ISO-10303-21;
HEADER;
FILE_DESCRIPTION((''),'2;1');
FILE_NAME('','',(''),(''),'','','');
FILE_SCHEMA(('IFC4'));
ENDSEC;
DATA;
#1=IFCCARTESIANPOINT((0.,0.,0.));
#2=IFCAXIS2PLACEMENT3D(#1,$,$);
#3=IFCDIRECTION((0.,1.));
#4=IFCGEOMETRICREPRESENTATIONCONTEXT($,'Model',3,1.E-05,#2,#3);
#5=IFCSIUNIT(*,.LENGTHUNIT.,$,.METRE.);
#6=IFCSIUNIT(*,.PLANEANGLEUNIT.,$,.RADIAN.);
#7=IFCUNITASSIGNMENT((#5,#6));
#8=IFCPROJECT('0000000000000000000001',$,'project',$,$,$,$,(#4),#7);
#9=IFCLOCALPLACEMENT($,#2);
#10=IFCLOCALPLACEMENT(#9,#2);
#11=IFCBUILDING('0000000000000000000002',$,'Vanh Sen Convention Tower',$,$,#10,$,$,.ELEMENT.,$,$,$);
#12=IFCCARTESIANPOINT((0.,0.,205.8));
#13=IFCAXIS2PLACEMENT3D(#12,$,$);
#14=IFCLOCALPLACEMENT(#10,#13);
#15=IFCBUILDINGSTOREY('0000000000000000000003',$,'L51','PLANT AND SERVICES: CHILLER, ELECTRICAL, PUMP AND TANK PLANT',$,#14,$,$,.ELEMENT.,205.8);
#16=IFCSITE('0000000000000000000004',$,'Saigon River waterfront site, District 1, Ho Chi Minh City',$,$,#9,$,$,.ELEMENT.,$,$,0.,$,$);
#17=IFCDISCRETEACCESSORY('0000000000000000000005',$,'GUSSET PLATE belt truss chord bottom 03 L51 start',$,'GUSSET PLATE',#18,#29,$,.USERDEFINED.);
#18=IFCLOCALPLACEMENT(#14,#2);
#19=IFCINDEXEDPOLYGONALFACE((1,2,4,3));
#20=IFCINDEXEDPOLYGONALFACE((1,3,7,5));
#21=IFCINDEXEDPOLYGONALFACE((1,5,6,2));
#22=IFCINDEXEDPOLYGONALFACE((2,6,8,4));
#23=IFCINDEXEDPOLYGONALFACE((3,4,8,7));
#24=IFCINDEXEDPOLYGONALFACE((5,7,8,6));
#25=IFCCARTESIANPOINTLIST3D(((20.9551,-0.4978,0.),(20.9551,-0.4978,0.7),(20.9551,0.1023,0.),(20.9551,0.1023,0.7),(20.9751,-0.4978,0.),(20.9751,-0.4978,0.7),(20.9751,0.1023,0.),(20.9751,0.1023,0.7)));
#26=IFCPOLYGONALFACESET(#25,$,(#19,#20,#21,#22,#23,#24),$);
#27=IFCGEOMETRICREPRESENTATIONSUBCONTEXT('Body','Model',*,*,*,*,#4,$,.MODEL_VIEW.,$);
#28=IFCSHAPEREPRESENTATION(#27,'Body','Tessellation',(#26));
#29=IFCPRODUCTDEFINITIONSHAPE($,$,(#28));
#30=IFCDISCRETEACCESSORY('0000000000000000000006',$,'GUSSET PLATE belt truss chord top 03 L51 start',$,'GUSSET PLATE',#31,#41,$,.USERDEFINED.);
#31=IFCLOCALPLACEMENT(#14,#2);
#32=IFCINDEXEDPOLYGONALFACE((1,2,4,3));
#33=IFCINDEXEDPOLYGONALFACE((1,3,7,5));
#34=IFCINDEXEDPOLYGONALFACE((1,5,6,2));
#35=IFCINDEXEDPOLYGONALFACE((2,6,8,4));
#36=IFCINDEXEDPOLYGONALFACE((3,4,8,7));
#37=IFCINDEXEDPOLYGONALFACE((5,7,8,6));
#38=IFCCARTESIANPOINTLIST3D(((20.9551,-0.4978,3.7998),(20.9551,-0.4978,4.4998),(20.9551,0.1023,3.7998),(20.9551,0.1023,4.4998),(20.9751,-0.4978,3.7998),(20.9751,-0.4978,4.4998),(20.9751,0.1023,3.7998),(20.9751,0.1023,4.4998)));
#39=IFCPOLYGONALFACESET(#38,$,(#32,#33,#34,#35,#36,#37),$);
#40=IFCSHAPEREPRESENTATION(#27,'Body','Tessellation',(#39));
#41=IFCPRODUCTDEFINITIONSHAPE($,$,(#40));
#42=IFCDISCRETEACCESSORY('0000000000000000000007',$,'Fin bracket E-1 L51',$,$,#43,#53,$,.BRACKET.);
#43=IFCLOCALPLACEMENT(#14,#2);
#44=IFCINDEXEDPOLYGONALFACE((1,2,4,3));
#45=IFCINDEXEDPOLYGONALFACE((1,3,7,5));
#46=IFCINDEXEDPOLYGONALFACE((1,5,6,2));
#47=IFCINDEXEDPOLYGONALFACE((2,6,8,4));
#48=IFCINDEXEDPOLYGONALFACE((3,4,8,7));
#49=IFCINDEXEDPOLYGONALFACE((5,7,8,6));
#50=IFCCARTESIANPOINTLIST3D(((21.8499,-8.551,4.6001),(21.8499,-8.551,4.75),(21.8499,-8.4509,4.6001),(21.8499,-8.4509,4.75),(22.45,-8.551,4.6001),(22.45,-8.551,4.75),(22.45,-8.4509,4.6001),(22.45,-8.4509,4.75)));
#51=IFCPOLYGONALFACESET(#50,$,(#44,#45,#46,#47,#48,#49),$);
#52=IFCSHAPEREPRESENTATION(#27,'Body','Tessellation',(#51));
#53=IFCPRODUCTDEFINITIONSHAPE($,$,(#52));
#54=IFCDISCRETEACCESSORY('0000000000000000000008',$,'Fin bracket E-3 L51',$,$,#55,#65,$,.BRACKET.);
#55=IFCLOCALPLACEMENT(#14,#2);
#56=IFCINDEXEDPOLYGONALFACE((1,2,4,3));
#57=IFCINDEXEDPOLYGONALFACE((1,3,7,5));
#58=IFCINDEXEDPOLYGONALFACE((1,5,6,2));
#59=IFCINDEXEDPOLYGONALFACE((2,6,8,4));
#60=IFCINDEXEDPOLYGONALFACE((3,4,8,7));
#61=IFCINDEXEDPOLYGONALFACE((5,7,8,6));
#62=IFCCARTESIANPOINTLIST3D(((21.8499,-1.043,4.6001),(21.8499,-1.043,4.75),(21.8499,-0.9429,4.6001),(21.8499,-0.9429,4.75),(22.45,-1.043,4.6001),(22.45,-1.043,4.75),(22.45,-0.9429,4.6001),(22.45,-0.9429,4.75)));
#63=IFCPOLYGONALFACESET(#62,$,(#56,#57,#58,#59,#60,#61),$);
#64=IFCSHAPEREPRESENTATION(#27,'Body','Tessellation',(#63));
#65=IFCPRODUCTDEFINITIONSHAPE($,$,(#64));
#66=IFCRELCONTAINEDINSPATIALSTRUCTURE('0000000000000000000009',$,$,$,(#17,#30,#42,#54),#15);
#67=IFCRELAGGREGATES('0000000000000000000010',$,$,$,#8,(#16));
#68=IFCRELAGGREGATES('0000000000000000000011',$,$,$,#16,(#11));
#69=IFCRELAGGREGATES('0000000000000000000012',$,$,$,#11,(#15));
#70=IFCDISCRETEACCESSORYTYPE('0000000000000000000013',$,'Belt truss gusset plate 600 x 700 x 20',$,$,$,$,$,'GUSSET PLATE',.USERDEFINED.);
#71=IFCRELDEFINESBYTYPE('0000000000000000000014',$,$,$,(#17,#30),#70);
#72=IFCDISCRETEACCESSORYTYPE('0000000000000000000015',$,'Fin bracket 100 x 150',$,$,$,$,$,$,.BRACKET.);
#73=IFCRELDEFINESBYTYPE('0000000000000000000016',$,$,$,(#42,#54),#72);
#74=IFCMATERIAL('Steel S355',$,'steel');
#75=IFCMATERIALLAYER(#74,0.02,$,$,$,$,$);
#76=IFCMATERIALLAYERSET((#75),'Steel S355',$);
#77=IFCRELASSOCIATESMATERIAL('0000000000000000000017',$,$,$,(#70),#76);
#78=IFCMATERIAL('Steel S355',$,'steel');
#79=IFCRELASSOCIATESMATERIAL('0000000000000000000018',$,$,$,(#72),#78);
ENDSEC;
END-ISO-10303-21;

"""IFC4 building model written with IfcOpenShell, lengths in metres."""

from ifc_helpers import new_model, si_unit, direction, frame, origin, origin_2d, place, context, subcontext, project, spatial, rectangle, extrude, material, layer, layer_set, type_object, element, save


model = new_model("IFC4")

# Units and contexts
model_context = context("Model", 3, precision=1e-05, world=origin(), true_north=direction((0.0, 1.0)))
body_context = subcontext(model_context, "Body", "Model", "MODEL_VIEW")
ifc_project = project(units=[si_unit("LENGTHUNIT", "METRE"), si_unit("PLANEANGLEUNIT", "RADIAN")], contexts=[model_context])

# Site, building, storey
site_placement = place(None, origin())
site = spatial("IfcSite", under=ifc_project, at=site_placement, Name="Saigon River waterfront site, District 1, Ho Chi Minh City", CompositionType="ELEMENT", RefElevation=0.0)
building_placement = place(site_placement, origin())
building = spatial("IfcBuilding", under=site, at=building_placement, Name="Vanh Sen Convention Tower", CompositionType="ELEMENT")
storey_placement = place(building_placement, frame((0.0, 0.0, 205.8)))
storey = spatial("IfcBuildingStorey", under=building, at=storey_placement, Name="L51", Description="PLANT AND SERVICES: CHILLER, ELECTRICAL, PUMP AND TANK PLANT", CompositionType="ELEMENT", Elevation=205.8)

# Shared definitions
ifc_material_1 = material(Name="Steel S355", Category="steel")

# Discrete accessories
ifc_layer_1 = layer(ifc_material_1, 0.02)
ifc_layer_set_1 = layer_set([ifc_layer_1], Name="Steel S355")
discrete_accessory_type_1 = type_object("IfcDiscreteAccessoryType", Name="Belt truss gusset plate 600 x 700 x 20", ElementType="GUSSET PLATE", PredefinedType="USERDEFINED", material=ifc_layer_set_1)
for number, where, z_axis, x_axis, name in (
    (1, (20.9651, -0.1978, 0.0), (0.0, 0.0, 1.0), (0.0, 1.0, 0.0), "GUSSET PLATE belt truss chord bottom 03 L51 start"),
    (2, (20.9651, -0.1978, 3.7998), (0.0, 0.0, 1.0), (0.0, 1.0, 0.0), "GUSSET PLATE belt truss chord top 03 L51 start"),
):
    element("IfcDiscreteAccessory", number, at=place(storey_placement, frame(where, z_axis=z_axis, x_axis=x_axis)), inside=storey, type_object=discrete_accessory_type_1, Name=name, ObjectType="GUSSET PLATE", PredefinedType="USERDEFINED", context=body_context, shape_type="SweptSolid", body=[
        extrude(rectangle(XDim=0.6001, YDim=0.02, at=origin_2d()), origin(), (0.0, 0.0, 1.0), 0.7),
    ])
ifc_material_2 = material(Name="Steel S355", Category="steel")
discrete_accessory_type_2 = type_object("IfcDiscreteAccessoryType", Name="Fin bracket 100 x 150", PredefinedType="BRACKET", material=ifc_material_2)
for number, where, z_axis, x_axis, name in (
    (3, (22.1499, -8.501, 4.6001), (0.0, 0.0, 1.0), (1.0, 0.0, 0.0), "Fin bracket E-1 L51"),
    (4, (22.1499, -0.9929, 4.6001), (0.0, 0.0, 1.0), (1.0, 0.0, 0.0), "Fin bracket E-3 L51"),
):
    element("IfcDiscreteAccessory", number, at=place(storey_placement, frame(where, z_axis=z_axis, x_axis=x_axis)), inside=storey, type_object=discrete_accessory_type_2, Name=name, PredefinedType="BRACKET", context=body_context, shape_type="SweptSolid", body=[
        extrude(rectangle(XDim=0.6001, YDim=0.1001, at=origin_2d()), origin(), (0.0, 0.0, 1.0), 0.1499),
    ])

save(model, "model.ifc")
